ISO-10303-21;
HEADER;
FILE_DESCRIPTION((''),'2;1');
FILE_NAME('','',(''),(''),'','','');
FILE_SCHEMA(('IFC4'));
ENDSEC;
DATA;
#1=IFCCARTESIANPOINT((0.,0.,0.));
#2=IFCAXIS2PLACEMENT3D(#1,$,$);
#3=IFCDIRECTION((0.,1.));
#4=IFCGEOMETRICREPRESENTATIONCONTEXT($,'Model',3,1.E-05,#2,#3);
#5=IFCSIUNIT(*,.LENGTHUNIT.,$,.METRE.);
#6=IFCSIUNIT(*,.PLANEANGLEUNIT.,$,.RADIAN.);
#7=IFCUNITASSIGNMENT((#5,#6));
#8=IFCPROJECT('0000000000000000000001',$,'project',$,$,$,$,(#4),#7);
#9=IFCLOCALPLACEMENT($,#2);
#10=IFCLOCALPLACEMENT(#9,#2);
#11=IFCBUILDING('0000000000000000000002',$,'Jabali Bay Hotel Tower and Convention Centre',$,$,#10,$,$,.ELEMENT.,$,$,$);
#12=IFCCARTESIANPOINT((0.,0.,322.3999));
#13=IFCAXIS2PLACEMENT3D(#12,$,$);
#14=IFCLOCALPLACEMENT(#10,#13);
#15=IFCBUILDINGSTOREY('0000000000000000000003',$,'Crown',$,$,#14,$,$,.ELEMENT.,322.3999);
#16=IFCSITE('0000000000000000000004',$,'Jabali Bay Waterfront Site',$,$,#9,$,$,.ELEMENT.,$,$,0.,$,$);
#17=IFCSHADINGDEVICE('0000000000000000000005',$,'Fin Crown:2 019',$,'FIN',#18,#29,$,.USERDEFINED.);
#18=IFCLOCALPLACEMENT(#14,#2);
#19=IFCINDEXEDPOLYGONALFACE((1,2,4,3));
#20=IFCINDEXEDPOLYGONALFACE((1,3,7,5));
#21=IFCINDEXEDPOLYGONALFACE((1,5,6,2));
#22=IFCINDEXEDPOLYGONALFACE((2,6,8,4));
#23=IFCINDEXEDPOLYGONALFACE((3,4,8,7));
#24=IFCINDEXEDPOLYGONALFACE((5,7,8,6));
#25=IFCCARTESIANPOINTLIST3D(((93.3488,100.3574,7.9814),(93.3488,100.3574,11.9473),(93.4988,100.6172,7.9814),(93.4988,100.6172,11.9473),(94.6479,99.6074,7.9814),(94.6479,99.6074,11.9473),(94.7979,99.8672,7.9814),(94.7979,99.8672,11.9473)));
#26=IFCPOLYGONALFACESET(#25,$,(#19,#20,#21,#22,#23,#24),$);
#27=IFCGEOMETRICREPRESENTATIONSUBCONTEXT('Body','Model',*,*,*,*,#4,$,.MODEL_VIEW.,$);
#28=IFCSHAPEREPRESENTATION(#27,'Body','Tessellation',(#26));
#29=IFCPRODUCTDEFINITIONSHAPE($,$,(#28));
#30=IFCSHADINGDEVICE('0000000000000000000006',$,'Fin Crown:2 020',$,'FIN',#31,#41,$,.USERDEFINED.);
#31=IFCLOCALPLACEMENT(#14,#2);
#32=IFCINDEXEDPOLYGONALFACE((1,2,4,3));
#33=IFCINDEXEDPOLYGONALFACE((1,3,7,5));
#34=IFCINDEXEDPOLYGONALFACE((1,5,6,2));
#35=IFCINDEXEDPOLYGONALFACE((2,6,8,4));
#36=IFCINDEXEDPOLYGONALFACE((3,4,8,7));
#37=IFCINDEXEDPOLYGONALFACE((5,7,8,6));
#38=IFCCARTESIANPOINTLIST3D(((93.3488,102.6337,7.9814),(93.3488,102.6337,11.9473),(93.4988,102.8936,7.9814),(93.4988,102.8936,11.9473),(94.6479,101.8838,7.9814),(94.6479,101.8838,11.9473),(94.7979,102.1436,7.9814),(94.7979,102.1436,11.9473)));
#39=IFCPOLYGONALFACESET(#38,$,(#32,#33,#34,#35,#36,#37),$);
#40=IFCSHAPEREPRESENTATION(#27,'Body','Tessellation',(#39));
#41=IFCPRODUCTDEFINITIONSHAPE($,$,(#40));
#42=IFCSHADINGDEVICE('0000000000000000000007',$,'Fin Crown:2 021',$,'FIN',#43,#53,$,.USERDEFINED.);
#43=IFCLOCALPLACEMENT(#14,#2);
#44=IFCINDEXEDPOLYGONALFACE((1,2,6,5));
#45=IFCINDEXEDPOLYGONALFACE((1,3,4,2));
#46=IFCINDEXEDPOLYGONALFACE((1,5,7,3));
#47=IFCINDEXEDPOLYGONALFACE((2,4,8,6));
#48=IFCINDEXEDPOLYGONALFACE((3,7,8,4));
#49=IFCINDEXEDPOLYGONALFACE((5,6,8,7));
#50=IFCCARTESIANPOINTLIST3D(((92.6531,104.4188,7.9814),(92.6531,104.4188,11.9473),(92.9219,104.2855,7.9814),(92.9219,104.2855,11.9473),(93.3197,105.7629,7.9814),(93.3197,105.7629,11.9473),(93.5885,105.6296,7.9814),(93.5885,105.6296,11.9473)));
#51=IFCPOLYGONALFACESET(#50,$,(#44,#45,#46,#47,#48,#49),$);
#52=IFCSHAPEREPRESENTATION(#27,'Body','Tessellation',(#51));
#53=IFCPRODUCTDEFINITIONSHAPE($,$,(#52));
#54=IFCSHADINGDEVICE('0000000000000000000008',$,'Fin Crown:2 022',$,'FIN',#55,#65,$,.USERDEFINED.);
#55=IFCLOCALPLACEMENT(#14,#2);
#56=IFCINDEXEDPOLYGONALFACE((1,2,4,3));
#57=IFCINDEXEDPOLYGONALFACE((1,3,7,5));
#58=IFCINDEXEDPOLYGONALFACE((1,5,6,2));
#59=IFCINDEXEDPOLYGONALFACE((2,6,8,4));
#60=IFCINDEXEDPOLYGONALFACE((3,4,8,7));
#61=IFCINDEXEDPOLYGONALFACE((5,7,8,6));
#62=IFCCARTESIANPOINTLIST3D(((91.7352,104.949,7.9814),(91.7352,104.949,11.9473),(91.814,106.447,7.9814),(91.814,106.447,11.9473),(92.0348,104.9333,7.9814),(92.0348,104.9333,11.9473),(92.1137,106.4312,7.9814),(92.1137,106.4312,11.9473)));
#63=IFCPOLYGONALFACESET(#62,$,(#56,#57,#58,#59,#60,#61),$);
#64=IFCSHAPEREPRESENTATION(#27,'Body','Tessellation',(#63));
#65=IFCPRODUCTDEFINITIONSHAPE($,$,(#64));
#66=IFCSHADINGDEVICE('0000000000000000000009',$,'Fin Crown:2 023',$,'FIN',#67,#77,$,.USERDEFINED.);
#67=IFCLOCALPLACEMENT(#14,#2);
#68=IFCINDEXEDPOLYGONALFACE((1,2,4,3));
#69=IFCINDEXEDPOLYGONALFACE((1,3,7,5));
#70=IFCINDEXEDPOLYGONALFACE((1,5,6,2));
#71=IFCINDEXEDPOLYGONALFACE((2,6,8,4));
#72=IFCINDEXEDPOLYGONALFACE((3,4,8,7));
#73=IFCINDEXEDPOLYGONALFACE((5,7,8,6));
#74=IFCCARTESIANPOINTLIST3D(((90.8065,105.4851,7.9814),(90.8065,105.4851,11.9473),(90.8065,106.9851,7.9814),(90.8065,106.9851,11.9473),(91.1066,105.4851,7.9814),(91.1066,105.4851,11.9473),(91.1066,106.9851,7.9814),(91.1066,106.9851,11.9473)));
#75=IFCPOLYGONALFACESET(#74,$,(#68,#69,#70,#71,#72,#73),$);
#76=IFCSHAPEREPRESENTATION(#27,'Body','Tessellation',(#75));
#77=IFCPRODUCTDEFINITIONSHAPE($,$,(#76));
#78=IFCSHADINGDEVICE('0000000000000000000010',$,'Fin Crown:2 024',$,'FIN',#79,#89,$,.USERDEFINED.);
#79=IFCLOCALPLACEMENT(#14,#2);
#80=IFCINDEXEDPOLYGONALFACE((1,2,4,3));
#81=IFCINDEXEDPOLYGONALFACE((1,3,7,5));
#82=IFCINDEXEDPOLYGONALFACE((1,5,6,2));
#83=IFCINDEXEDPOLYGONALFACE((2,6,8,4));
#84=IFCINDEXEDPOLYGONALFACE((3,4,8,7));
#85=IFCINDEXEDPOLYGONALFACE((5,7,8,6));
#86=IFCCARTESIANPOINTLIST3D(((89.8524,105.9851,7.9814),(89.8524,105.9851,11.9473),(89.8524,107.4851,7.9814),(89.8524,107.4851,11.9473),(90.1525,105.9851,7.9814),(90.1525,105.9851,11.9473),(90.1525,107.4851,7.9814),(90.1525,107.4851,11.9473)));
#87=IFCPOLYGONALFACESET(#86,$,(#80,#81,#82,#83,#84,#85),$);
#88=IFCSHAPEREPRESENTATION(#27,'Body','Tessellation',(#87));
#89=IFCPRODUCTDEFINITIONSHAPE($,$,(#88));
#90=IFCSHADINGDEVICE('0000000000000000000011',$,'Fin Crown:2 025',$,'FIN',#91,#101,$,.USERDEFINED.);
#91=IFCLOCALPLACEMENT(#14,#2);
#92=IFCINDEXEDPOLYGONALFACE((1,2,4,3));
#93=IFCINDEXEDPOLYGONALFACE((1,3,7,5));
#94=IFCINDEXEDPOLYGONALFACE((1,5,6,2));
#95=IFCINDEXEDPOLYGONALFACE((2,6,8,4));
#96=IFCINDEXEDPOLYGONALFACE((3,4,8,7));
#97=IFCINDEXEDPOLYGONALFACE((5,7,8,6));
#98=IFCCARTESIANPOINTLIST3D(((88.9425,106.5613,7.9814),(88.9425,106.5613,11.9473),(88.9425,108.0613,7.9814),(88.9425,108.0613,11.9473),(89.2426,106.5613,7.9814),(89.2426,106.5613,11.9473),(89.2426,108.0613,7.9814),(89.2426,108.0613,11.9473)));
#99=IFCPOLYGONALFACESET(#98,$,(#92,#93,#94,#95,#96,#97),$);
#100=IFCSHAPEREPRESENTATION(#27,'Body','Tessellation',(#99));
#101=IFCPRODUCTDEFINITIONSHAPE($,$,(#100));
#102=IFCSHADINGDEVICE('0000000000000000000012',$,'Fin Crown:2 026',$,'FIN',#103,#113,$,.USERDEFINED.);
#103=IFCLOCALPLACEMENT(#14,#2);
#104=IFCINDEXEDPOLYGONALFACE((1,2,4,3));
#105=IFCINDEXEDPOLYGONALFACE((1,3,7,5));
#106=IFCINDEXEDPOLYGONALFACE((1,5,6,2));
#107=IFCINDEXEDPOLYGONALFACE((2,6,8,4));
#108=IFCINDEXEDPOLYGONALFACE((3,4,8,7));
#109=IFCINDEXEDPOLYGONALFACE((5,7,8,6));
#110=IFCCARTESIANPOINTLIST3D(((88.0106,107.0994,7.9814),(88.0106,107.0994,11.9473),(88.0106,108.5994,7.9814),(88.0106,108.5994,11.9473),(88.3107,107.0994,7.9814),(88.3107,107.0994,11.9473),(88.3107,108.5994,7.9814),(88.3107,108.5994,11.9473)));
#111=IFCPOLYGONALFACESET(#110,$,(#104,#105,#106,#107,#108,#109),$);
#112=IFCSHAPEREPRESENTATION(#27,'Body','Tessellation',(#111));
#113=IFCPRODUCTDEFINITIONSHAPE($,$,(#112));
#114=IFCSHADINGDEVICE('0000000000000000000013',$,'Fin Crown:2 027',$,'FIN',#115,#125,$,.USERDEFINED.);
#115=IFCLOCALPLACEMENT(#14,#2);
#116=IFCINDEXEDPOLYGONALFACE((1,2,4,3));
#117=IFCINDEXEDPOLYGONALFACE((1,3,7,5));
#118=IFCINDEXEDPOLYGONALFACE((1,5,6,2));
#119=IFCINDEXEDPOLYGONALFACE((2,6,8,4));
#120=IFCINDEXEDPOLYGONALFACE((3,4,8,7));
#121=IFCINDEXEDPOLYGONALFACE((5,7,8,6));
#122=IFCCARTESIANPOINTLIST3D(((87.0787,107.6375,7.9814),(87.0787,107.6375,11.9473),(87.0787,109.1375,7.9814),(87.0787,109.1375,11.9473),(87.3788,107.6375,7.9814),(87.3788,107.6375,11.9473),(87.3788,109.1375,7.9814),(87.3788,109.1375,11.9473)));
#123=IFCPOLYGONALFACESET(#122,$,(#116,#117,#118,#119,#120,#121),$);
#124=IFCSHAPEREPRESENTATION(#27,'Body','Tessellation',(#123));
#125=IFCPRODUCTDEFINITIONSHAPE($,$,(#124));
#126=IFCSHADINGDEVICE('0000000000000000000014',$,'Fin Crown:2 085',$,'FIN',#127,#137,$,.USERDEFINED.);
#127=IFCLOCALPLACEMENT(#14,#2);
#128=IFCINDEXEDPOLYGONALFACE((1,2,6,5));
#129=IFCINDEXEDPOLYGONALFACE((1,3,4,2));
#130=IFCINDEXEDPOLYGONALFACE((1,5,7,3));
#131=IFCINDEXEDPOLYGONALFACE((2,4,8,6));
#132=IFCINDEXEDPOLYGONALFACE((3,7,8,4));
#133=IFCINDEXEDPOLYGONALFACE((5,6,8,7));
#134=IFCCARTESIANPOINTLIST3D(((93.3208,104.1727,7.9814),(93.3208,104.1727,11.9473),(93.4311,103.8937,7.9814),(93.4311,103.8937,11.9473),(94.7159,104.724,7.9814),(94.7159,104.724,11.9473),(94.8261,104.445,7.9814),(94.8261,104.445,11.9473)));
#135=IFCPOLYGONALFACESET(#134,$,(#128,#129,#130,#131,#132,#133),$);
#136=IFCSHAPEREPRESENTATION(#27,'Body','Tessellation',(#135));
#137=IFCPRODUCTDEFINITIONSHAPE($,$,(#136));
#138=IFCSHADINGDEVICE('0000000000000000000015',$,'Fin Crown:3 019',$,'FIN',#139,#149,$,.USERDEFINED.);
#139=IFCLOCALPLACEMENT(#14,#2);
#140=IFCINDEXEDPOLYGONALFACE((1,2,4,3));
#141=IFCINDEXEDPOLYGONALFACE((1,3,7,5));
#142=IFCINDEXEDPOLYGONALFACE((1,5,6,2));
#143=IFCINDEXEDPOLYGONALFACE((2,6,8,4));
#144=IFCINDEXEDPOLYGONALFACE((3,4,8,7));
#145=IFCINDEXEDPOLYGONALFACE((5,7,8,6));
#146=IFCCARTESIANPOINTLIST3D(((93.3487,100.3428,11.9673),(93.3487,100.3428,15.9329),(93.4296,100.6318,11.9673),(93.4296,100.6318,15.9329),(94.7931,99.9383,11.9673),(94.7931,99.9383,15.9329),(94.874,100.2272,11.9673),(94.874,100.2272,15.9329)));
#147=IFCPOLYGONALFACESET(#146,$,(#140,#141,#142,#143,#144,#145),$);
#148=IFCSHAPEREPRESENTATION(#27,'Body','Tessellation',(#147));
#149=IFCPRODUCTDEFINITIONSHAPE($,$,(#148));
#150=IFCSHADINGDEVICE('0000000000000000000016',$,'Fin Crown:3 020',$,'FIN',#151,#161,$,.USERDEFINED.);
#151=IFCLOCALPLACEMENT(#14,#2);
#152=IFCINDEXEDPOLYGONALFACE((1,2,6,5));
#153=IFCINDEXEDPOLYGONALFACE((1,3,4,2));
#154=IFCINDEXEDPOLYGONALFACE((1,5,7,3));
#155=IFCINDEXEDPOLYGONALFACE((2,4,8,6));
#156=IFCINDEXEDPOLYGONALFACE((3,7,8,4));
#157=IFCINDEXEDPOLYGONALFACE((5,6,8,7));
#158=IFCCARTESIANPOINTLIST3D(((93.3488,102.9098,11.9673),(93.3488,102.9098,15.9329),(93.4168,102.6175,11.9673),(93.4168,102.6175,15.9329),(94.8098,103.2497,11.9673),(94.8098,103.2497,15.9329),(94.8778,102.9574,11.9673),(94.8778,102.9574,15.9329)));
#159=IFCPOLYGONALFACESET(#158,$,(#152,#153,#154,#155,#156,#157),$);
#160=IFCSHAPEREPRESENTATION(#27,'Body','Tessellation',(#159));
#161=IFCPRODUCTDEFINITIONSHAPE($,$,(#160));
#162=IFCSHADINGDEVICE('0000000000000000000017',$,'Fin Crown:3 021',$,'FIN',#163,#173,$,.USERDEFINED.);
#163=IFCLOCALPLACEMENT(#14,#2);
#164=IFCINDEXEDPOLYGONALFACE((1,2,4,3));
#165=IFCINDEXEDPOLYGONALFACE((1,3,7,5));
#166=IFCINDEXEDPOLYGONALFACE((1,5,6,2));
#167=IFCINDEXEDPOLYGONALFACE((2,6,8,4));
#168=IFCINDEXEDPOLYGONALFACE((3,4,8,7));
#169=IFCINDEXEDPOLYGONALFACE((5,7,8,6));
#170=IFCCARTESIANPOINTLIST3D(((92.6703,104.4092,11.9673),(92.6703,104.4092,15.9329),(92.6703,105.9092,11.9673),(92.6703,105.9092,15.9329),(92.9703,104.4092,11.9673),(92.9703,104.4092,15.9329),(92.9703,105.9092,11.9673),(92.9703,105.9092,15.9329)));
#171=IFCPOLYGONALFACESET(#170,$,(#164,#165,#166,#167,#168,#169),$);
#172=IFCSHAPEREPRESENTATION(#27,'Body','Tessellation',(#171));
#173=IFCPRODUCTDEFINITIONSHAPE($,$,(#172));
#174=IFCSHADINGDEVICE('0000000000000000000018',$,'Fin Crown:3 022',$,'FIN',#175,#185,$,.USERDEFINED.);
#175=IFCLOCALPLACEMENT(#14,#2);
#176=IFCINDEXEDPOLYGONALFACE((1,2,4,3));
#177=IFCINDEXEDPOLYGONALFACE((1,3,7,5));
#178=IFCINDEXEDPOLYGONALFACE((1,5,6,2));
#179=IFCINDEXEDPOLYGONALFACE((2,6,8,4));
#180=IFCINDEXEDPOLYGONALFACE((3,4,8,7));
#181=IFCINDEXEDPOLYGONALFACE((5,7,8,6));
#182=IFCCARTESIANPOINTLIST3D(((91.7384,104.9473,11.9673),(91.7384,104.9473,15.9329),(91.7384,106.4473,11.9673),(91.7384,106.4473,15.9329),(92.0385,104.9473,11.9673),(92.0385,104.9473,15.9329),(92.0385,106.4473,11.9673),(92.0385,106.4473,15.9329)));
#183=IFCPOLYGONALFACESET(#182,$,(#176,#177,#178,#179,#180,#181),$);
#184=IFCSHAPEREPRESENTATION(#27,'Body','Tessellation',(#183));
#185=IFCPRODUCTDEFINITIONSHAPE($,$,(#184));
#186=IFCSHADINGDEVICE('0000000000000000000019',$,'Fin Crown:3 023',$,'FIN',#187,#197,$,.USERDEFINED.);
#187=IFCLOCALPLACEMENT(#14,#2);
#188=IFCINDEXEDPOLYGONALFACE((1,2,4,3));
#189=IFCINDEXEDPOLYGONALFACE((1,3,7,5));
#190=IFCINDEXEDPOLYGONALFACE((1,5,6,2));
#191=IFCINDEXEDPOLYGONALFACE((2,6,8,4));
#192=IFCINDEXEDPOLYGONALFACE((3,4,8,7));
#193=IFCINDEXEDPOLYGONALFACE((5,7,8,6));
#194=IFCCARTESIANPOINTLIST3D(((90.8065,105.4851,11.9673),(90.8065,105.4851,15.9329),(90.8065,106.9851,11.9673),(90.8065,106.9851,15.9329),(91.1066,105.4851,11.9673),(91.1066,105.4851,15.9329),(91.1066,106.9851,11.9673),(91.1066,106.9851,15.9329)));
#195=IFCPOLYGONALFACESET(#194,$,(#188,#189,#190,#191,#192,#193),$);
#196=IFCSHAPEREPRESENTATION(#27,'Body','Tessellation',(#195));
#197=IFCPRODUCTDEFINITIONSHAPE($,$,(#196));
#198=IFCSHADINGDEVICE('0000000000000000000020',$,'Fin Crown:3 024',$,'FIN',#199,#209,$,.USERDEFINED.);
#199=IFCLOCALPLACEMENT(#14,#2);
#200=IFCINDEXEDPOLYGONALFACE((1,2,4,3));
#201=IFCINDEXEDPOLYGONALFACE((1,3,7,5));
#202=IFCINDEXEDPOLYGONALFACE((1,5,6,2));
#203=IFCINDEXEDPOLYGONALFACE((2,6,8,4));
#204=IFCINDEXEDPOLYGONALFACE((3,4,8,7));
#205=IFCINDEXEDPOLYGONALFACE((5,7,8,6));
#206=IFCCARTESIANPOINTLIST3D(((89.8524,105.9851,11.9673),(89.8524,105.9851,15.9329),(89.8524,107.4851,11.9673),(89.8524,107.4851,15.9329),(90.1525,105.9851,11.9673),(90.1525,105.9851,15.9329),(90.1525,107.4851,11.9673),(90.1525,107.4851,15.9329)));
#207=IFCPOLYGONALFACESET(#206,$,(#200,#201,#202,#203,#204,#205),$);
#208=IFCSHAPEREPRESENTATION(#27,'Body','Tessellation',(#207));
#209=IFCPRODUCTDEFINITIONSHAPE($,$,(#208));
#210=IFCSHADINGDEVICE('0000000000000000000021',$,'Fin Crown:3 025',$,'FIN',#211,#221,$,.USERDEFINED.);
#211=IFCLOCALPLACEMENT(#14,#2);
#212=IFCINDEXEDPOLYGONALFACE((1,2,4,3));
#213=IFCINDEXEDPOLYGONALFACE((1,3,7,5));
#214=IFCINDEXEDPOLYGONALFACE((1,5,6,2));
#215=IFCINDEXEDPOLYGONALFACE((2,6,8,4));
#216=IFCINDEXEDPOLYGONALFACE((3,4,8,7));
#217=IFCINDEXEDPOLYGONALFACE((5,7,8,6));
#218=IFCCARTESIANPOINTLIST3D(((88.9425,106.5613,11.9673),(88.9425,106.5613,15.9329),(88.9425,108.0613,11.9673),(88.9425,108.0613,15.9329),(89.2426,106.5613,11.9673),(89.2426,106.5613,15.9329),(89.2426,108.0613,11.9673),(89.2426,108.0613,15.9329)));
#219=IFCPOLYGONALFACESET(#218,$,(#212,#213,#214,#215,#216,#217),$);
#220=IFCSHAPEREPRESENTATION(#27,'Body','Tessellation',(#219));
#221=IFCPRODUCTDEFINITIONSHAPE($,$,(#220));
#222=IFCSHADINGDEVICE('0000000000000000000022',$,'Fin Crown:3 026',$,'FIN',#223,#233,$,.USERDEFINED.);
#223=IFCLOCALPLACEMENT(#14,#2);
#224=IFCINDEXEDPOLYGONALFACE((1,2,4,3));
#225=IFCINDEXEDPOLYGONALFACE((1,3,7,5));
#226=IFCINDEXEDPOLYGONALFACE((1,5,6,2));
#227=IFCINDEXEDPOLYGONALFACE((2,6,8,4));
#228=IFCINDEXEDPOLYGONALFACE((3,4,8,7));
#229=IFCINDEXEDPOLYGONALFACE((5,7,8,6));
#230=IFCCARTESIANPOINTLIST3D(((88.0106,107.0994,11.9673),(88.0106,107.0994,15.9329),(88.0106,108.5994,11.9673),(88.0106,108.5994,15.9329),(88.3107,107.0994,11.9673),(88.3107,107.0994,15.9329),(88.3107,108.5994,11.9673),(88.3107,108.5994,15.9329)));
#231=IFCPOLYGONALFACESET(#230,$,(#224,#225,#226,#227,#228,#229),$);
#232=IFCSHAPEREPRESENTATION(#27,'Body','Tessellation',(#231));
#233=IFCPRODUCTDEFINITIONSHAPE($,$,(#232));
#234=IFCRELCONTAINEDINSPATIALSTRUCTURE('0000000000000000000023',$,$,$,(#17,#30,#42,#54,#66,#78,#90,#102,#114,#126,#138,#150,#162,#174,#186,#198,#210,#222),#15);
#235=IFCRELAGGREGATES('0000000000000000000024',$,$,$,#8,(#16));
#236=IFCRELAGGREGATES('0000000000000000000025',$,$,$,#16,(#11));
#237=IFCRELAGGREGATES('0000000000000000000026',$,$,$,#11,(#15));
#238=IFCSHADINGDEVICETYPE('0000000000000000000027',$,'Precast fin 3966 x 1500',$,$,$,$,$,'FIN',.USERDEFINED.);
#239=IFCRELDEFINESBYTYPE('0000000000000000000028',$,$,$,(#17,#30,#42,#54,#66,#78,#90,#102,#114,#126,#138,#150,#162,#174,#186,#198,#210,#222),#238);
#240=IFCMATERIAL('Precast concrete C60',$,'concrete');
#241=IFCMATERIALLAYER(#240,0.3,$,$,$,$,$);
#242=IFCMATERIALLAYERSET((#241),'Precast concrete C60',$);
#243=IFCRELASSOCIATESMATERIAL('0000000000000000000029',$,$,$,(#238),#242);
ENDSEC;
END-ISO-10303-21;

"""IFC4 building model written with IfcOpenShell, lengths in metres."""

from ifc_helpers import new_model, si_unit, direction, frame, frame_2d, origin, place, context, subcontext, project, spatial, rectangle, extrude, material, layer, layer_set, type_object, element, save


model = new_model("IFC4")

# Units and contexts
model_context = context("Model", 3, precision=1e-05, world=origin(), true_north=direction((0.0, 1.0)))
body_context = subcontext(model_context, "Body", "Model", "MODEL_VIEW")
ifc_project = project(units=[si_unit("LENGTHUNIT", "METRE"), si_unit("PLANEANGLEUNIT", "RADIAN")], contexts=[model_context])

# Site, building, storey
site_placement = place(None, origin())
site = spatial("IfcSite", under=ifc_project, at=site_placement, Name="Jabali Bay Waterfront Site", CompositionType="ELEMENT", RefElevation=0.0)
building_placement = place(site_placement, origin())
building = spatial("IfcBuilding", under=site, at=building_placement, Name="Jabali Bay Hotel Tower and Convention Centre", CompositionType="ELEMENT")
storey_placement = place(building_placement, frame((0.0, 0.0, 322.3999)))
storey = spatial("IfcBuildingStorey", under=building, at=storey_placement, Name="Crown", CompositionType="ELEMENT", Elevation=322.3999)

# Shading devices
ifc_material_1 = material(Name="Precast concrete C60", Category="concrete")
ifc_layer = layer(ifc_material_1, 0.3)
ifc_layer_set = layer_set([ifc_layer], Name="Precast concrete C60")
shading_device_type = type_object("IfcShadingDeviceType", Name="Precast fin 3966 x 1500", ElementType="FIN", PredefinedType="USERDEFINED", material=ifc_layer_set)
for number, where, z_axis, x_axis, name in (
    (1, (93.4238, 100.4873, 7.9814), (0.0, 0.0, 1.0), (0.866031, -0.49999, 0.0), "Fin Crown:2 019"),
    (2, (93.4238, 102.7637, 7.9814), (0.0, 0.0, 1.0), (0.866031, -0.49999, 0.0), "Fin Crown:2 020"),
):
    element("IfcShadingDevice", number, at=place(storey_placement, frame(where, z_axis=z_axis, x_axis=x_axis)), inside=storey, type_object=shading_device_type, Name=name, ObjectType="FIN", PredefinedType="USERDEFINED", context=body_context, shape_type="SweptSolid", body=[
        extrude(rectangle(XDim=1.5, YDim=0.3, at=frame_2d((0.75, 0.0))), origin(), (0.0, 0.0, 1.0), 3.9658),
    ])
shading_device_1_placement = place(storey_placement, frame((92.7876, 104.3523, 7.9814), z_axis=(0.0, 0.0, 1.0), x_axis=(0.444282, 0.895887, 0.0)))
element("IfcShadingDevice", 3, at=shading_device_1_placement, inside=storey, type_object=shading_device_type, Name="Fin Crown:2 021", ObjectType="FIN", PredefinedType="USERDEFINED", context=body_context, shape_type="SweptSolid", body=[
    extrude(rectangle(XDim=1.5002, YDim=0.3, at=frame_2d((0.75, 0.0))), origin(), (0.0, 0.0, 1.0), 3.9658),
])
for number, where, z_axis, x_axis, name in (
    (4, (91.885, 104.9412, 7.9814), (0.0, 0.0, 1.0), (0.052567, 0.998617, 0.0), "Fin Crown:2 022"),
    (5, (90.9565, 105.4851, 7.9814), (0.0, 0.0, 1.0), (0.0, 1.0, 0.0), "Fin Crown:2 023"),
    (6, (90.0024, 105.9851, 7.9814), (0.0, 0.0, 1.0), (0.0, 1.0, 0.0), "Fin Crown:2 024"),
    (7, (89.0925, 106.5613, 7.9814), (0.0, 0.0, 1.0), (0.0, 1.0, 0.0), "Fin Crown:2 025"),
    (8, (88.1606, 107.0994, 7.9814), (0.0, 0.0, 1.0), (0.0, 1.0, 0.0), "Fin Crown:2 026"),
    (9, (87.2288, 107.6375, 7.9814), (0.0, 0.0, 1.0), (0.0, 1.0, 0.0), "Fin Crown:2 027"),
    (10, (93.376, 104.0332, 7.9814), (0.0, 0.0, 1.0), (0.930018, 0.367515, 0.0), "Fin Crown:2 085"),
):
    element("IfcShadingDevice", number, at=place(storey_placement, frame(where, z_axis=z_axis, x_axis=x_axis)), inside=storey, type_object=shading_device_type, Name=name, ObjectType="FIN", PredefinedType="USERDEFINED", context=body_context, shape_type="SweptSolid", body=[
        extrude(rectangle(XDim=1.5, YDim=0.3, at=frame_2d((0.75, 0.0))), origin(), (0.0, 0.0, 1.0), 3.9658),
    ])
for number, where, z_axis, x_axis, name in (
    (11, (93.3892, 100.4873, 11.9673), (0.0, 0.0, 1.0), (0.962942, -0.269708, 0.0), "Fin Crown:3 019"),
    (12, (93.3828, 102.7637, 11.9673), (0.0, 0.0, 1.0), (0.973995, 0.226571, 0.0), "Fin Crown:3 020"),
    (13, (92.8203, 104.4092, 11.9673), (0.0, 0.0, 1.0), (0.0, 1.0, 0.0), "Fin Crown:3 021"),
    (14, (91.8884, 104.9473, 11.9673), (0.0, 0.0, 1.0), (0.0, 1.0, 0.0), "Fin Crown:3 022"),
    (15, (90.9565, 105.4851, 11.9673), (0.0, 0.0, 1.0), (0.0, 1.0, 0.0), "Fin Crown:3 023"),
    (16, (90.0024, 105.9851, 11.9673), (0.0, 0.0, 1.0), (0.0, 1.0, 0.0), "Fin Crown:3 024"),
    (17, (89.0925, 106.5613, 11.9673), (0.0, 0.0, 1.0), (0.0, 1.0, 0.0), "Fin Crown:3 025"),
    (18, (88.1606, 107.0994, 11.9673), (0.0, 0.0, 1.0), (0.0, 1.0, 0.0), "Fin Crown:3 026"),
):
    element("IfcShadingDevice", number, at=place(storey_placement, frame(where, z_axis=z_axis, x_axis=x_axis)), inside=storey, type_object=shading_device_type, Name=name, ObjectType="FIN", PredefinedType="USERDEFINED", context=body_context, shape_type="SweptSolid", body=[
        extrude(rectangle(XDim=1.5, YDim=0.3, at=frame_2d((0.75, 0.0))), origin(), (0.0, 0.0, 1.0), 3.9656),
    ])

save(model, "model.ifc")
